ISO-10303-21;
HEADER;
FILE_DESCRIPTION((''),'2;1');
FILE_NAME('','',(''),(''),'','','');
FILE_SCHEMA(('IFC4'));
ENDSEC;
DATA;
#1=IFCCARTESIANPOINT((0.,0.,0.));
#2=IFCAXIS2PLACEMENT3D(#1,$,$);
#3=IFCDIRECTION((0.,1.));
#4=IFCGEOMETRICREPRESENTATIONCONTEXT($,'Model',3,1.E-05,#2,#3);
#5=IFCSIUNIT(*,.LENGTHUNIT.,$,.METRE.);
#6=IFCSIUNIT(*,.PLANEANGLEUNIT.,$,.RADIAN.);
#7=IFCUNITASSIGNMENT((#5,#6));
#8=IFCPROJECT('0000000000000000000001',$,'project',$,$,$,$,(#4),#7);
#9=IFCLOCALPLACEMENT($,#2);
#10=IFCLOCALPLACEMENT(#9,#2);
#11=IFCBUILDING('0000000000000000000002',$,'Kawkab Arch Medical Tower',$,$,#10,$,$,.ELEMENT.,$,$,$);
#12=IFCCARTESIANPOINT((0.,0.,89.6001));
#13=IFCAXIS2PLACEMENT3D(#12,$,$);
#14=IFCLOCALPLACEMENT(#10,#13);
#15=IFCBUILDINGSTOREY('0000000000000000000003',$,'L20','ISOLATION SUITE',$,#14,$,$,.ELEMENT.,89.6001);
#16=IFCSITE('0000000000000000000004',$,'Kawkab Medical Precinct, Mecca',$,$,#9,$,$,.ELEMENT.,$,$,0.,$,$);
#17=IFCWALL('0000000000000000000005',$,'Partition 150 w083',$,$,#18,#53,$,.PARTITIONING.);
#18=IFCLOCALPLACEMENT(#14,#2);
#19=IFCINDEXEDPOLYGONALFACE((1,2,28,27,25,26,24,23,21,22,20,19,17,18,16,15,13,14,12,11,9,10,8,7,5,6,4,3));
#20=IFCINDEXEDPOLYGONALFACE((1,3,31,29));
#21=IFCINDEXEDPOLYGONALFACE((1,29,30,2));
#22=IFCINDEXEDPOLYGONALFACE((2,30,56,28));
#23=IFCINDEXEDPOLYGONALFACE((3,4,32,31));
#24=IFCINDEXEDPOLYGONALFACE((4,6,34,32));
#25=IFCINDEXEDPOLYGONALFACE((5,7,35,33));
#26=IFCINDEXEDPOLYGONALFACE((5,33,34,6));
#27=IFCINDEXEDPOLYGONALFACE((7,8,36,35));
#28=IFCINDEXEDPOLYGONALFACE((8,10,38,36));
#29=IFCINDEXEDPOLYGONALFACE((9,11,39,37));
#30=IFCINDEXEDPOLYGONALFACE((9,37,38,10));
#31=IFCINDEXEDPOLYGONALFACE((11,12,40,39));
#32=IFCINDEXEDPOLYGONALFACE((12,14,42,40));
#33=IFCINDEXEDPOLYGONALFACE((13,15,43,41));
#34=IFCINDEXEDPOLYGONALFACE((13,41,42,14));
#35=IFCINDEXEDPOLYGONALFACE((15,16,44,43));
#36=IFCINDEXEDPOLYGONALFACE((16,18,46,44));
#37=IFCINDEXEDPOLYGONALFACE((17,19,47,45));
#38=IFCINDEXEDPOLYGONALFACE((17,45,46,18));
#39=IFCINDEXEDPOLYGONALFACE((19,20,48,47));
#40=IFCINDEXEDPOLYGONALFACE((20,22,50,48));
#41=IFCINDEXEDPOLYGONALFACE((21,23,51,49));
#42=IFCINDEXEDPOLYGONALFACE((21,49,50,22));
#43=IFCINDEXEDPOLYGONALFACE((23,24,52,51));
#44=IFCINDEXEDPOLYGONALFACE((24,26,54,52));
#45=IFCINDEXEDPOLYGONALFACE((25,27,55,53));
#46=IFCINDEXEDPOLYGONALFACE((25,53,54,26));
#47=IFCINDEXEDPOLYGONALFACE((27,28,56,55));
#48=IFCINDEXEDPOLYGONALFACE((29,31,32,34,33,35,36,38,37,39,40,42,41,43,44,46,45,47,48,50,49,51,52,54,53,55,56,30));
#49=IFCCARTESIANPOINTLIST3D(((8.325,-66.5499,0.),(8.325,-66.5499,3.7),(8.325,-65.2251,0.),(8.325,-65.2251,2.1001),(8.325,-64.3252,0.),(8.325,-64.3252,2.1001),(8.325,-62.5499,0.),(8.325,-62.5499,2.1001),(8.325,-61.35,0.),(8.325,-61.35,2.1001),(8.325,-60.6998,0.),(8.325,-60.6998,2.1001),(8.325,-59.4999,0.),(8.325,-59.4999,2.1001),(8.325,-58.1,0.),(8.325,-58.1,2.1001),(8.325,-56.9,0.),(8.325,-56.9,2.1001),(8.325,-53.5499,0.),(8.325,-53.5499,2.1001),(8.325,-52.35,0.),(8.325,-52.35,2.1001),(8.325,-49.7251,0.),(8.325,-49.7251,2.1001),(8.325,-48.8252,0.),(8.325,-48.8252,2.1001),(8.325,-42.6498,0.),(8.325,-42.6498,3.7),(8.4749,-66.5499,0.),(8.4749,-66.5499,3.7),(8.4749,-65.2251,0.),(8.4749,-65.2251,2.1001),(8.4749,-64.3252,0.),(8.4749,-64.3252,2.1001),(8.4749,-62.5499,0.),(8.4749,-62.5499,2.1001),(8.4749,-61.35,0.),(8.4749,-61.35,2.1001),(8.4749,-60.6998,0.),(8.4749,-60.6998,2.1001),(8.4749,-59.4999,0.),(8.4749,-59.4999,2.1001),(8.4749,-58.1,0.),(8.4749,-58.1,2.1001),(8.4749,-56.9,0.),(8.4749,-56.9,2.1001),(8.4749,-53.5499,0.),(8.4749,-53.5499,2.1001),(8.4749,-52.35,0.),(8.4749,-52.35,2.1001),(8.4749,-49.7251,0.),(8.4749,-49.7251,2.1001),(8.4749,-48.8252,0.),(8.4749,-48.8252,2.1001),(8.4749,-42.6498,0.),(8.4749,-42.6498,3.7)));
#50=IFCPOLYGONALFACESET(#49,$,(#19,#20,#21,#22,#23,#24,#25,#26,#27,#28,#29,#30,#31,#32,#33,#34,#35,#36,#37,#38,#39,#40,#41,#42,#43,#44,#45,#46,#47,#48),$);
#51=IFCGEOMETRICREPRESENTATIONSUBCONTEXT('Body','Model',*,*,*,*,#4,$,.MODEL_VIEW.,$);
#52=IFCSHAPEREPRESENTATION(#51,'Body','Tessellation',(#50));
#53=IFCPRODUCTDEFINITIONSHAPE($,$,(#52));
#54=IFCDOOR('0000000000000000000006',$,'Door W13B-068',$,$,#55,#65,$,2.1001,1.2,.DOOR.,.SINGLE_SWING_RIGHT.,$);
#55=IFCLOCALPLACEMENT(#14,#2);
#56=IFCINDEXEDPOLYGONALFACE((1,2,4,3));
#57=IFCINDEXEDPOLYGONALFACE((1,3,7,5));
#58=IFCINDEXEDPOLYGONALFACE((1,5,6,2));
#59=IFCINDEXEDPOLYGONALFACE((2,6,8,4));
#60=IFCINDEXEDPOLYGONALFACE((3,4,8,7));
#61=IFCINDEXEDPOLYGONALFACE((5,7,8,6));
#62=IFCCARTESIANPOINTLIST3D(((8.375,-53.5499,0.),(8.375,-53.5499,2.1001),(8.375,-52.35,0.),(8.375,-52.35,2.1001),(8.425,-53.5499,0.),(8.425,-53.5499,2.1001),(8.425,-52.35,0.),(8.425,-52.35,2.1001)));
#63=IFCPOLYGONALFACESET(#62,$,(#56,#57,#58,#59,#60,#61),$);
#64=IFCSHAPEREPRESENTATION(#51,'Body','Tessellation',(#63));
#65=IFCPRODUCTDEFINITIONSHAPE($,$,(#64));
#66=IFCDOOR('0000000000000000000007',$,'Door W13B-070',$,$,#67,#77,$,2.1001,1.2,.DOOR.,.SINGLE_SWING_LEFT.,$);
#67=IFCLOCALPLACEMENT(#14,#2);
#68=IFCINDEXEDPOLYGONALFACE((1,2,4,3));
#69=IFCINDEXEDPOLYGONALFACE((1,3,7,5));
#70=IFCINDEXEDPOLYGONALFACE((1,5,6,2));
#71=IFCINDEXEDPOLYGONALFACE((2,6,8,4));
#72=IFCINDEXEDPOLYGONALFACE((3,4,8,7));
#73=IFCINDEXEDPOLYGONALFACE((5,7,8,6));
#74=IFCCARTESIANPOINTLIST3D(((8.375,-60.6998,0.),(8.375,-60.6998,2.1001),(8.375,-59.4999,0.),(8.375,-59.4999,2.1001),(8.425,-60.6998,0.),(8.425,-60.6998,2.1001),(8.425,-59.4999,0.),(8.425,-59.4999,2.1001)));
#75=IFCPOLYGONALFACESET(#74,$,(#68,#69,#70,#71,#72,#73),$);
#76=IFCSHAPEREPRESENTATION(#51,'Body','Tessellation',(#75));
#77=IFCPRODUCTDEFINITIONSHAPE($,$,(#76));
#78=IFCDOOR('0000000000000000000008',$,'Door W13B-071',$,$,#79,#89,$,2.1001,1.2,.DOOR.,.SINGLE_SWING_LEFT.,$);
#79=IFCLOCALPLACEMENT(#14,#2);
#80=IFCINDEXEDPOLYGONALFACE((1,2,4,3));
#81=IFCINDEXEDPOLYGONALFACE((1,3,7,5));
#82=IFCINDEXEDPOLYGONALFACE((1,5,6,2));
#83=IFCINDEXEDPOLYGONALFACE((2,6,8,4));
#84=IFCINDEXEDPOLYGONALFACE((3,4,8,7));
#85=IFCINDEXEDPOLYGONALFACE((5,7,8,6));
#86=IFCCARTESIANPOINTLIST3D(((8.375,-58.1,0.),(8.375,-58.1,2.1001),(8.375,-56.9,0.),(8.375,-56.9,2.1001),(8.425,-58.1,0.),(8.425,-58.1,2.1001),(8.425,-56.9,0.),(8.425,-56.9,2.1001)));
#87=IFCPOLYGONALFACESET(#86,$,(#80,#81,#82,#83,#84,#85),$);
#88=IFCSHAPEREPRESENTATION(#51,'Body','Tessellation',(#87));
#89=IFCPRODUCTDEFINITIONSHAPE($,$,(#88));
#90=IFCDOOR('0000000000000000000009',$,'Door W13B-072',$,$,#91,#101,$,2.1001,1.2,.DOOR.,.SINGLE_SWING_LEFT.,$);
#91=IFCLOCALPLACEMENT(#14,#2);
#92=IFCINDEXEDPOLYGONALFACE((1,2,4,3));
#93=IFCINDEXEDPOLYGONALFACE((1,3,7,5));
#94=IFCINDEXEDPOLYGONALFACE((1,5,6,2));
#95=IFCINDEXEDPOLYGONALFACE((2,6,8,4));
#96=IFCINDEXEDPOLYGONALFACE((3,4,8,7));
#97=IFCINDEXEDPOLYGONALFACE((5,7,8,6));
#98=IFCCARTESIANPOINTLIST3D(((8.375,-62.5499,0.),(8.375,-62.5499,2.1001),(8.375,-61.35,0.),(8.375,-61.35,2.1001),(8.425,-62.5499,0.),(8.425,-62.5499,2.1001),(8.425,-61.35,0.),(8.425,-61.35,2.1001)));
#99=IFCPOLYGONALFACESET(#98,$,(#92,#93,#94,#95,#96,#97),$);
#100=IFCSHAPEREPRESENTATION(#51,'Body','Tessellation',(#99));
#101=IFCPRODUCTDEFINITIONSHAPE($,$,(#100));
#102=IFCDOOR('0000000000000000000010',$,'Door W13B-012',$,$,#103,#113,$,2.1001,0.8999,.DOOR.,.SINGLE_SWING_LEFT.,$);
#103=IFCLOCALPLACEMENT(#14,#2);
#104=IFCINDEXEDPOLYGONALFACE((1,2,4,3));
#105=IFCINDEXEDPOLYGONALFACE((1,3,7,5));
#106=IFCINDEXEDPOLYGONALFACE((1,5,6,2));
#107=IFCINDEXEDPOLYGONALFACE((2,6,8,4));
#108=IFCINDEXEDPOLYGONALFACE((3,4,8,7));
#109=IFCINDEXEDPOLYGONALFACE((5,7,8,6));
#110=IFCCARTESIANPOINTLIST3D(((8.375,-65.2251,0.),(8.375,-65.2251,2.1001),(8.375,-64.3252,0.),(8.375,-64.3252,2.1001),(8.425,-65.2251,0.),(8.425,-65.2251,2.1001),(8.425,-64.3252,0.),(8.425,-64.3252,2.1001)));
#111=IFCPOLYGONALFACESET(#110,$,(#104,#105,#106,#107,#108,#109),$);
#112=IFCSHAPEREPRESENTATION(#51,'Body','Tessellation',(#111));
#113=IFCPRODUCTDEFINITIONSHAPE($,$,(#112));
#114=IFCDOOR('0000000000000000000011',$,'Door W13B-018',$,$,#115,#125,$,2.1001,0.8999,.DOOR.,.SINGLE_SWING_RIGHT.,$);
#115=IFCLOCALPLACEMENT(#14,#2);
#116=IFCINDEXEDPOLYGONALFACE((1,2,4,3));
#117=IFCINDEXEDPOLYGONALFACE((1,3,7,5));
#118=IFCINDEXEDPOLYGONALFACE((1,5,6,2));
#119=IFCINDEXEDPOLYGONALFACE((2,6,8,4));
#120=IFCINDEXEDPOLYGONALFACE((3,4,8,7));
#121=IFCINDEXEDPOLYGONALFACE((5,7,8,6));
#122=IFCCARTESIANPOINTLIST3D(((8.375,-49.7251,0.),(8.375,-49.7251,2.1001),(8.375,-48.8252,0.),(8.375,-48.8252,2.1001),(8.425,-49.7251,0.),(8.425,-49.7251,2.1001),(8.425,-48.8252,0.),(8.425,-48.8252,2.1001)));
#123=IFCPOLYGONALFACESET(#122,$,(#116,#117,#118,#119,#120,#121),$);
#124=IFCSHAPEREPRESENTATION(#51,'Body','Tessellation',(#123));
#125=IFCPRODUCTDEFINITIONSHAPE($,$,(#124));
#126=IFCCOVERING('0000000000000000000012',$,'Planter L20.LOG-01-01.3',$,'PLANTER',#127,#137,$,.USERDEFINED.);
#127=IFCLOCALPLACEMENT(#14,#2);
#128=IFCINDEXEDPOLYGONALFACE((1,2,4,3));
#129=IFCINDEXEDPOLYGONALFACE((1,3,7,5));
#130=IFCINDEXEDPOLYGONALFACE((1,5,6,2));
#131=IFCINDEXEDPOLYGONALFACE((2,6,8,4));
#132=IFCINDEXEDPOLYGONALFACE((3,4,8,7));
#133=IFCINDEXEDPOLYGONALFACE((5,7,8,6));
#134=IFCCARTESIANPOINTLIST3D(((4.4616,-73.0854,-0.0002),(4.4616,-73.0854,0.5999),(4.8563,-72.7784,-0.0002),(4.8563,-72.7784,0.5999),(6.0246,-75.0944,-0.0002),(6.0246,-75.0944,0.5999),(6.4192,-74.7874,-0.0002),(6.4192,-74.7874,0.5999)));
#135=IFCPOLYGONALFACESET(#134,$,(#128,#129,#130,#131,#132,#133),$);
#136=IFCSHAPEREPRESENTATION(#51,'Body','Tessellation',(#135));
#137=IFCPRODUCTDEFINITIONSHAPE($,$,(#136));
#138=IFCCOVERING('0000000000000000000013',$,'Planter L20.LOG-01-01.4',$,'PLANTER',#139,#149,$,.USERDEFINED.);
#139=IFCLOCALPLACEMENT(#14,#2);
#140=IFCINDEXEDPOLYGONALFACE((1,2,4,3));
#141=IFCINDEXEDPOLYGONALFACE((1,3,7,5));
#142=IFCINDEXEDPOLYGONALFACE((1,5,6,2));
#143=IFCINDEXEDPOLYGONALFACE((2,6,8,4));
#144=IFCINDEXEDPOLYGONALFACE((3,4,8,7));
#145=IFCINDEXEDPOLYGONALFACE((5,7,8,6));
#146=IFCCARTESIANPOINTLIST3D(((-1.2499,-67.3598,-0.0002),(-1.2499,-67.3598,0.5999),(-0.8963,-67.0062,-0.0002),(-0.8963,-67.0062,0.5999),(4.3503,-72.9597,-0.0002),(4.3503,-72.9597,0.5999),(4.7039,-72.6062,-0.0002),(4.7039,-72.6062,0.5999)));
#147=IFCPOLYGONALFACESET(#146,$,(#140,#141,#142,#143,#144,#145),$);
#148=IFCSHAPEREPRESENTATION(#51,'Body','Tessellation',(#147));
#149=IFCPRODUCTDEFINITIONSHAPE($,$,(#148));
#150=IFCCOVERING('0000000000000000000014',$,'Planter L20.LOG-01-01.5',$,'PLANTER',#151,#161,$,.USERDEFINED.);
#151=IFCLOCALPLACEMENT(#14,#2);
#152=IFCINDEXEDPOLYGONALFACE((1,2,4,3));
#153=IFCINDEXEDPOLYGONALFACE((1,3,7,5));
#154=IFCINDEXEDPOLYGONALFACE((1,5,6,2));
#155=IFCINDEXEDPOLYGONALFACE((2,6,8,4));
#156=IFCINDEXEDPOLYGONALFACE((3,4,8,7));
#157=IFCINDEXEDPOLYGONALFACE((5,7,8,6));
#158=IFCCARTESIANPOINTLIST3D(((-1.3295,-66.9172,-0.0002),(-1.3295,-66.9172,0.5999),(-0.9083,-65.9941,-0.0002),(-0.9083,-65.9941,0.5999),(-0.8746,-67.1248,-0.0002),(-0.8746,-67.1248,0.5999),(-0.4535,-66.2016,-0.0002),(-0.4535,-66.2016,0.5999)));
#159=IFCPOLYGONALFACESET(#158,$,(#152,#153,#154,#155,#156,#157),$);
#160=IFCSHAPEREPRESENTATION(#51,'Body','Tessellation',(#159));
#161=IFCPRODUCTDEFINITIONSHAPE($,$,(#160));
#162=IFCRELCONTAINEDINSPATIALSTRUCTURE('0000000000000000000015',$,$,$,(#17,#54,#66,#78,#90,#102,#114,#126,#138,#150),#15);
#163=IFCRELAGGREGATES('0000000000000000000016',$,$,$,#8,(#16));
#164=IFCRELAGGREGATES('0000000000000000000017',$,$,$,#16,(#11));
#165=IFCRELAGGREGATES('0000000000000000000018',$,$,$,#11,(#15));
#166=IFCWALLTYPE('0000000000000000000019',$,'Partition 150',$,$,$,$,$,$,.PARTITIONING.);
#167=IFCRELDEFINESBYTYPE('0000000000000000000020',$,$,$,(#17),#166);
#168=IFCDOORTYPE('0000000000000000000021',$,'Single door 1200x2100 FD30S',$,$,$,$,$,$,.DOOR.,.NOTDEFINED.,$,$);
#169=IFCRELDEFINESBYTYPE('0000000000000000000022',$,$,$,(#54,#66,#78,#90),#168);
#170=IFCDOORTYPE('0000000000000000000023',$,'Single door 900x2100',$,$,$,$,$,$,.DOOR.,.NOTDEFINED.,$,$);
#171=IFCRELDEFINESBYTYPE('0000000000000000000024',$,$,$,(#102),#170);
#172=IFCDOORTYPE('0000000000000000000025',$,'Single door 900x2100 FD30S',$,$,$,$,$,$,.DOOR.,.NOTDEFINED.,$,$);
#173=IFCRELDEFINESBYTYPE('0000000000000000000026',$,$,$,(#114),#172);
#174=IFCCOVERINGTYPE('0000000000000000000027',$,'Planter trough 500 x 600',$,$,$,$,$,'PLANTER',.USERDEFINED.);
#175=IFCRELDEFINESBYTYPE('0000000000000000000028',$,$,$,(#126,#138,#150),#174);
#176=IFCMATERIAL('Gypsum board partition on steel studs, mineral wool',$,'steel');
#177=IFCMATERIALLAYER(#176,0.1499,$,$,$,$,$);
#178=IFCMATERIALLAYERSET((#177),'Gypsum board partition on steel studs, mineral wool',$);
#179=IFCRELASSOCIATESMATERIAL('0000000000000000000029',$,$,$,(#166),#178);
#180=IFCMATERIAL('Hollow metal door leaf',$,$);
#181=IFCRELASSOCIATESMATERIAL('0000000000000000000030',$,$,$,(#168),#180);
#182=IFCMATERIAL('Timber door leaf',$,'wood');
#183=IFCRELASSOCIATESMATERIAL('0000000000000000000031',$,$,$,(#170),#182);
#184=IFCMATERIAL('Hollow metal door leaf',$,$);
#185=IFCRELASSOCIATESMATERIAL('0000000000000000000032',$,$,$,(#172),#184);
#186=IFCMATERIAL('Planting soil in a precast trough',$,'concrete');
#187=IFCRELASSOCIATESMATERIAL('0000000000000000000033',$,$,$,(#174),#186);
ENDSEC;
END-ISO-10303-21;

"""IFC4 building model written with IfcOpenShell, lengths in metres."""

from ifc_helpers import new_model, si_unit, direction, frame, frame_2d, origin, origin_2d, place, context, subcontext, project, spatial, rectangle, extrude, material, layer, layer_set, material_profile, profile_set, type_object, element, fill, save


model = new_model("IFC4")

# Units and contexts
model_context = context("Model", 3, precision=1e-05, world=origin(), true_north=direction((0.0, 1.0)))
body_context = subcontext(model_context, "Body", "Model", "MODEL_VIEW")
ifc_project = project(units=[si_unit("LENGTHUNIT", "METRE"), si_unit("PLANEANGLEUNIT", "RADIAN")], contexts=[model_context])

# Site, building, storey
site_placement = place(None, origin())
site = spatial("IfcSite", under=ifc_project, at=site_placement, Name="Kawkab Medical Precinct, Mecca", CompositionType="ELEMENT", RefElevation=0.0)
building_placement = place(site_placement, origin())
building = spatial("IfcBuilding", under=site, at=building_placement, Name="Kawkab Arch Medical Tower", CompositionType="ELEMENT")
storey_placement = place(building_placement, frame((0.0, 0.0, 89.6001)))
storey = spatial("IfcBuildingStorey", under=building, at=storey_placement, Name="L20", Description="ISOLATION SUITE", CompositionType="ELEMENT", Elevation=89.6001)

# Shared definitions
ifc_material_1 = material(Name="Gypsum board partition on steel studs, mineral wool", Category="steel")
ifc_layer_1 = layer(ifc_material_1, 0.1499)
ifc_layer_set_1 = layer_set([ifc_layer_1], Name="Gypsum board partition on steel studs, mineral wool")
wall_type_1 = type_object("IfcWallType", Name="Partition 150", PredefinedType="PARTITIONING", material=ifc_layer_set_1)

# Wall, openings, doors
wall_1_placement = place(storey_placement, frame((8.3999, -66.55, 0.0), z_axis=(0.0, 0.0, 1.0), x_axis=(0.0, 1.0, 0.0)))
wall_1 = element("IfcWall", 1, at=wall_1_placement, inside=storey, type_object=wall_type_1, Name="Partition 150 w083", PredefinedType="PARTITIONING", context=body_context, shape_type="SweptSolid", body=[
    extrude(rectangle(XDim=23.9001, YDim=0.1499, at=frame_2d((11.9502, 0.0))), origin(), (0.0, 0.0, 1.0), 3.7),
])
opening_1_placement = place(wall_1_placement, frame((16.825, 0.0, 0.0)))
opening_1 = element("IfcOpeningElement", 2, at=opening_1_placement, cuts=wall_1, PredefinedType="OPENING", context=body_context, shape_type="SweptSolid", body=[
    extrude(rectangle(XDim=0.8999, YDim=2.1001, at=frame_2d((0.45, 1.05))), frame((0.0, 0.085, 0.0), z_axis=(0.0, -1.0, 0.0), x_axis=(1.0, 0.0, 0.0)), (0.0, 0.0, 1.0), 0.1699),
])
opening_2_placement = place(wall_1_placement, frame((13.0, 0.0, 0.0)))
opening_2 = element("IfcOpeningElement", 3, at=opening_2_placement, cuts=wall_1, PredefinedType="OPENING", context=body_context, shape_type="SweptSolid", body=[
    extrude(rectangle(XDim=1.2, YDim=2.1001, at=frame_2d((0.6001, 1.05))), frame((0.0, 0.085, 0.0), z_axis=(0.0, -1.0, 0.0), x_axis=(1.0, 0.0, 0.0)), (0.0, 0.0, 1.0), 0.1699),
])
opening_3_placement = place(wall_1_placement, frame((5.8501, 0.0, 0.0)))
opening_3 = element("IfcOpeningElement", 4, at=opening_3_placement, cuts=wall_1, PredefinedType="OPENING", context=body_context, shape_type="SweptSolid", body=[
    extrude(rectangle(XDim=1.2, YDim=2.1001, at=frame_2d((0.6001, 1.05))), frame((0.0, 0.085, 0.0), z_axis=(0.0, -1.0, 0.0), x_axis=(1.0, 0.0, 0.0)), (0.0, 0.0, 1.0), 0.1699),
])
opening_4_placement = place(wall_1_placement, frame((8.45, 0.0, 0.0)))
opening_4 = element("IfcOpeningElement", 5, at=opening_4_placement, cuts=wall_1, PredefinedType="OPENING", context=body_context, shape_type="SweptSolid", body=[
    extrude(rectangle(XDim=1.2, YDim=2.1001, at=frame_2d((0.6001, 1.05))), frame((0.0, 0.085, 0.0), z_axis=(0.0, -1.0, 0.0), x_axis=(1.0, 0.0, 0.0)), (0.0, 0.0, 1.0), 0.1699),
])
opening_5_placement = place(wall_1_placement, frame((4.0, 0.0, 0.0)))
opening_5 = element("IfcOpeningElement", 6, at=opening_5_placement, cuts=wall_1, PredefinedType="OPENING", context=body_context, shape_type="SweptSolid", body=[
    extrude(rectangle(XDim=1.2, YDim=2.1001, at=frame_2d((0.6001, 1.05))), frame((0.0, 0.085, 0.0), z_axis=(0.0, -1.0, 0.0), x_axis=(1.0, 0.0, 0.0)), (0.0, 0.0, 1.0), 0.1699),
])
opening_6_placement = place(wall_1_placement, frame((1.325, 0.0, 0.0)))
opening_6 = element("IfcOpeningElement", 7, at=opening_6_placement, cuts=wall_1, PredefinedType="OPENING", context=body_context, shape_type="SweptSolid", body=[
    extrude(rectangle(XDim=0.8999, YDim=2.1001, at=frame_2d((0.45, 1.05))), frame((0.0, 0.085, 0.0), z_axis=(0.0, -1.0, 0.0), x_axis=(1.0, 0.0, 0.0)), (0.0, 0.0, 1.0), 0.1699),
])
ifc_material_2 = material(Name="Hollow metal door leaf")
door_type_1 = type_object("IfcDoorType", Name="Single door 1200x2100 FD30S", OperationType="NOTDEFINED", PredefinedType="DOOR", material=ifc_material_2)
door_1_placement = place(opening_2_placement, origin())
door_1 = element("IfcDoor", 8, at=door_1_placement, inside=storey, type_object=door_type_1, Name="Door W13B-068", OperationType="SINGLE_SWING_RIGHT", OverallHeight=2.1001, OverallWidth=1.2, PredefinedType="DOOR", context=body_context, shape_type="SweptSolid", body=[
    extrude(rectangle(XDim=1.2, YDim=2.1001, at=frame_2d((0.6001, 1.05))), frame((0.0, 0.0249, 0.0), z_axis=(0.0, -1.0, 0.0), x_axis=(1.0, 0.0, 0.0)), (0.0, 0.0, 1.0), 0.05),
])
fill(opening_2, door_1)
door_2_placement = place(opening_3_placement, origin())
door_2 = element("IfcDoor", 9, at=door_2_placement, inside=storey, type_object=door_type_1, Name="Door W13B-070", OperationType="SINGLE_SWING_LEFT", OverallHeight=2.1001, OverallWidth=1.2, PredefinedType="DOOR", context=body_context, shape_type="SweptSolid", body=[
    extrude(rectangle(XDim=1.2, YDim=2.1001, at=frame_2d((0.6001, 1.05))), frame((0.0, 0.0249, 0.0), z_axis=(0.0, -1.0, 0.0), x_axis=(1.0, 0.0, 0.0)), (0.0, 0.0, 1.0), 0.05),
])
fill(opening_3, door_2)
door_3_placement = place(opening_4_placement, origin())
door_3 = element("IfcDoor", 10, at=door_3_placement, inside=storey, type_object=door_type_1, Name="Door W13B-071", OperationType="SINGLE_SWING_LEFT", OverallHeight=2.1001, OverallWidth=1.2, PredefinedType="DOOR", context=body_context, shape_type="SweptSolid", body=[
    extrude(rectangle(XDim=1.2, YDim=2.1001, at=frame_2d((0.6001, 1.05))), frame((0.0, 0.0249, 0.0), z_axis=(0.0, -1.0, 0.0), x_axis=(1.0, 0.0, 0.0)), (0.0, 0.0, 1.0), 0.05),
])
fill(opening_4, door_3)
door_4_placement = place(opening_5_placement, origin())
door_4 = element("IfcDoor", 11, at=door_4_placement, inside=storey, type_object=door_type_1, Name="Door W13B-072", OperationType="SINGLE_SWING_LEFT", OverallHeight=2.1001, OverallWidth=1.2, PredefinedType="DOOR", context=body_context, shape_type="SweptSolid", body=[
    extrude(rectangle(XDim=1.2, YDim=2.1001, at=frame_2d((0.6001, 1.05))), frame((0.0, 0.0249, 0.0), z_axis=(0.0, -1.0, 0.0), x_axis=(1.0, 0.0, 0.0)), (0.0, 0.0, 1.0), 0.05),
])
fill(opening_5, door_4)
ifc_material_3 = material(Name="Timber door leaf", Category="wood")
door_type_2 = type_object("IfcDoorType", Name="Single door 900x2100", OperationType="NOTDEFINED", PredefinedType="DOOR", material=ifc_material_3)
door_5_placement = place(opening_6_placement, origin())
door_5 = element("IfcDoor", 12, at=door_5_placement, inside=storey, type_object=door_type_2, Name="Door W13B-012", OperationType="SINGLE_SWING_LEFT", OverallHeight=2.1001, OverallWidth=0.8999, PredefinedType="DOOR", context=body_context, shape_type="SweptSolid", body=[
    extrude(rectangle(XDim=0.8999, YDim=2.1001, at=frame_2d((0.45, 1.05))), frame((0.0, 0.0249, 0.0), z_axis=(0.0, -1.0, 0.0), x_axis=(1.0, 0.0, 0.0)), (0.0, 0.0, 1.0), 0.05),
])
fill(opening_6, door_5)
ifc_material_4 = material(Name="Hollow metal door leaf")
door_type_3 = type_object("IfcDoorType", Name="Single door 900x2100 FD30S", OperationType="NOTDEFINED", PredefinedType="DOOR", material=ifc_material_4)
door_6_placement = place(opening_1_placement, origin())
door_6 = element("IfcDoor", 13, at=door_6_placement, inside=storey, type_object=door_type_3, Name="Door W13B-018", OperationType="SINGLE_SWING_RIGHT", OverallHeight=2.1001, OverallWidth=0.8999, PredefinedType="DOOR", context=body_context, shape_type="SweptSolid", body=[
    extrude(rectangle(XDim=0.8999, YDim=2.1001, at=frame_2d((0.45, 1.05))), frame((0.0, 0.0249, 0.0), z_axis=(0.0, -1.0, 0.0), x_axis=(1.0, 0.0, 0.0)), (0.0, 0.0, 1.0), 0.05),
])
fill(opening_1, door_6)

# Coverings
ifc_material_5 = material(Name="Planting soil in a precast trough", Category="concrete")
ifc_material_profile_1 = material_profile(ifc_material_5, rectangle(XDim=0.5, YDim=0.6001, at=origin_2d()), Name="Trough 500x600")
ifc_profile_set_1 = profile_set([ifc_material_profile_1], Name="Planting soil in a precast trough")
covering_type = type_object("IfcCoveringType", Name="Planter trough 500 x 600", ElementType="PLANTER", PredefinedType="USERDEFINED", material=ifc_profile_set_1)
covering_1_placement = place(storey_placement, frame((6.2219, -74.9409, 0.2998), z_axis=(-0.61404, 0.789275, 0.0), x_axis=(-0.789275, -0.61404, 0.0)))
element("IfcCovering", 14, at=covering_1_placement, inside=storey, type_object=covering_type, Name="Planter L20.LOG-01-01.3", ObjectType="PLANTER", PredefinedType="USERDEFINED", context=body_context, shape_type="SweptSolid", body=[
    extrude(rectangle(XDim=0.5, YDim=0.6001, at=origin_2d()), origin(), (0.0, 0.0, 1.0), 2.5454),
])
covering_2_placement = place(storey_placement, frame((4.5271, -72.783, 0.2998), z_axis=(-0.707122, 0.707091, 0.0), x_axis=(-0.707091, -0.707122, 0.0)))
element("IfcCovering", 15, at=covering_2_placement, inside=storey, type_object=covering_type, Name="Planter L20.LOG-01-01.4", ObjectType="PLANTER", PredefinedType="USERDEFINED", context=body_context, shape_type="SweptSolid", body=[
    extrude(rectangle(XDim=0.5, YDim=0.6001, at=origin_2d()), origin(), (0.0, 0.0, 1.0), 7.9197),
])
covering_3_placement = place(storey_placement, frame((-1.1021, -67.021, 0.2998), z_axis=(0.415072, 0.909789, 0.0), x_axis=(-0.909789, 0.415072, 0.0)))
element("IfcCovering", 16, at=covering_3_placement, inside=storey, type_object=covering_type, Name="Planter L20.LOG-01-01.5", ObjectType="PLANTER", PredefinedType="USERDEFINED", context=body_context, shape_type="SweptSolid", body=[
    extrude(rectangle(XDim=0.5, YDim=0.6001, at=origin_2d()), origin(), (0.0, 0.0, 1.0), 1.0146),
])

save(model, "model.ifc")
